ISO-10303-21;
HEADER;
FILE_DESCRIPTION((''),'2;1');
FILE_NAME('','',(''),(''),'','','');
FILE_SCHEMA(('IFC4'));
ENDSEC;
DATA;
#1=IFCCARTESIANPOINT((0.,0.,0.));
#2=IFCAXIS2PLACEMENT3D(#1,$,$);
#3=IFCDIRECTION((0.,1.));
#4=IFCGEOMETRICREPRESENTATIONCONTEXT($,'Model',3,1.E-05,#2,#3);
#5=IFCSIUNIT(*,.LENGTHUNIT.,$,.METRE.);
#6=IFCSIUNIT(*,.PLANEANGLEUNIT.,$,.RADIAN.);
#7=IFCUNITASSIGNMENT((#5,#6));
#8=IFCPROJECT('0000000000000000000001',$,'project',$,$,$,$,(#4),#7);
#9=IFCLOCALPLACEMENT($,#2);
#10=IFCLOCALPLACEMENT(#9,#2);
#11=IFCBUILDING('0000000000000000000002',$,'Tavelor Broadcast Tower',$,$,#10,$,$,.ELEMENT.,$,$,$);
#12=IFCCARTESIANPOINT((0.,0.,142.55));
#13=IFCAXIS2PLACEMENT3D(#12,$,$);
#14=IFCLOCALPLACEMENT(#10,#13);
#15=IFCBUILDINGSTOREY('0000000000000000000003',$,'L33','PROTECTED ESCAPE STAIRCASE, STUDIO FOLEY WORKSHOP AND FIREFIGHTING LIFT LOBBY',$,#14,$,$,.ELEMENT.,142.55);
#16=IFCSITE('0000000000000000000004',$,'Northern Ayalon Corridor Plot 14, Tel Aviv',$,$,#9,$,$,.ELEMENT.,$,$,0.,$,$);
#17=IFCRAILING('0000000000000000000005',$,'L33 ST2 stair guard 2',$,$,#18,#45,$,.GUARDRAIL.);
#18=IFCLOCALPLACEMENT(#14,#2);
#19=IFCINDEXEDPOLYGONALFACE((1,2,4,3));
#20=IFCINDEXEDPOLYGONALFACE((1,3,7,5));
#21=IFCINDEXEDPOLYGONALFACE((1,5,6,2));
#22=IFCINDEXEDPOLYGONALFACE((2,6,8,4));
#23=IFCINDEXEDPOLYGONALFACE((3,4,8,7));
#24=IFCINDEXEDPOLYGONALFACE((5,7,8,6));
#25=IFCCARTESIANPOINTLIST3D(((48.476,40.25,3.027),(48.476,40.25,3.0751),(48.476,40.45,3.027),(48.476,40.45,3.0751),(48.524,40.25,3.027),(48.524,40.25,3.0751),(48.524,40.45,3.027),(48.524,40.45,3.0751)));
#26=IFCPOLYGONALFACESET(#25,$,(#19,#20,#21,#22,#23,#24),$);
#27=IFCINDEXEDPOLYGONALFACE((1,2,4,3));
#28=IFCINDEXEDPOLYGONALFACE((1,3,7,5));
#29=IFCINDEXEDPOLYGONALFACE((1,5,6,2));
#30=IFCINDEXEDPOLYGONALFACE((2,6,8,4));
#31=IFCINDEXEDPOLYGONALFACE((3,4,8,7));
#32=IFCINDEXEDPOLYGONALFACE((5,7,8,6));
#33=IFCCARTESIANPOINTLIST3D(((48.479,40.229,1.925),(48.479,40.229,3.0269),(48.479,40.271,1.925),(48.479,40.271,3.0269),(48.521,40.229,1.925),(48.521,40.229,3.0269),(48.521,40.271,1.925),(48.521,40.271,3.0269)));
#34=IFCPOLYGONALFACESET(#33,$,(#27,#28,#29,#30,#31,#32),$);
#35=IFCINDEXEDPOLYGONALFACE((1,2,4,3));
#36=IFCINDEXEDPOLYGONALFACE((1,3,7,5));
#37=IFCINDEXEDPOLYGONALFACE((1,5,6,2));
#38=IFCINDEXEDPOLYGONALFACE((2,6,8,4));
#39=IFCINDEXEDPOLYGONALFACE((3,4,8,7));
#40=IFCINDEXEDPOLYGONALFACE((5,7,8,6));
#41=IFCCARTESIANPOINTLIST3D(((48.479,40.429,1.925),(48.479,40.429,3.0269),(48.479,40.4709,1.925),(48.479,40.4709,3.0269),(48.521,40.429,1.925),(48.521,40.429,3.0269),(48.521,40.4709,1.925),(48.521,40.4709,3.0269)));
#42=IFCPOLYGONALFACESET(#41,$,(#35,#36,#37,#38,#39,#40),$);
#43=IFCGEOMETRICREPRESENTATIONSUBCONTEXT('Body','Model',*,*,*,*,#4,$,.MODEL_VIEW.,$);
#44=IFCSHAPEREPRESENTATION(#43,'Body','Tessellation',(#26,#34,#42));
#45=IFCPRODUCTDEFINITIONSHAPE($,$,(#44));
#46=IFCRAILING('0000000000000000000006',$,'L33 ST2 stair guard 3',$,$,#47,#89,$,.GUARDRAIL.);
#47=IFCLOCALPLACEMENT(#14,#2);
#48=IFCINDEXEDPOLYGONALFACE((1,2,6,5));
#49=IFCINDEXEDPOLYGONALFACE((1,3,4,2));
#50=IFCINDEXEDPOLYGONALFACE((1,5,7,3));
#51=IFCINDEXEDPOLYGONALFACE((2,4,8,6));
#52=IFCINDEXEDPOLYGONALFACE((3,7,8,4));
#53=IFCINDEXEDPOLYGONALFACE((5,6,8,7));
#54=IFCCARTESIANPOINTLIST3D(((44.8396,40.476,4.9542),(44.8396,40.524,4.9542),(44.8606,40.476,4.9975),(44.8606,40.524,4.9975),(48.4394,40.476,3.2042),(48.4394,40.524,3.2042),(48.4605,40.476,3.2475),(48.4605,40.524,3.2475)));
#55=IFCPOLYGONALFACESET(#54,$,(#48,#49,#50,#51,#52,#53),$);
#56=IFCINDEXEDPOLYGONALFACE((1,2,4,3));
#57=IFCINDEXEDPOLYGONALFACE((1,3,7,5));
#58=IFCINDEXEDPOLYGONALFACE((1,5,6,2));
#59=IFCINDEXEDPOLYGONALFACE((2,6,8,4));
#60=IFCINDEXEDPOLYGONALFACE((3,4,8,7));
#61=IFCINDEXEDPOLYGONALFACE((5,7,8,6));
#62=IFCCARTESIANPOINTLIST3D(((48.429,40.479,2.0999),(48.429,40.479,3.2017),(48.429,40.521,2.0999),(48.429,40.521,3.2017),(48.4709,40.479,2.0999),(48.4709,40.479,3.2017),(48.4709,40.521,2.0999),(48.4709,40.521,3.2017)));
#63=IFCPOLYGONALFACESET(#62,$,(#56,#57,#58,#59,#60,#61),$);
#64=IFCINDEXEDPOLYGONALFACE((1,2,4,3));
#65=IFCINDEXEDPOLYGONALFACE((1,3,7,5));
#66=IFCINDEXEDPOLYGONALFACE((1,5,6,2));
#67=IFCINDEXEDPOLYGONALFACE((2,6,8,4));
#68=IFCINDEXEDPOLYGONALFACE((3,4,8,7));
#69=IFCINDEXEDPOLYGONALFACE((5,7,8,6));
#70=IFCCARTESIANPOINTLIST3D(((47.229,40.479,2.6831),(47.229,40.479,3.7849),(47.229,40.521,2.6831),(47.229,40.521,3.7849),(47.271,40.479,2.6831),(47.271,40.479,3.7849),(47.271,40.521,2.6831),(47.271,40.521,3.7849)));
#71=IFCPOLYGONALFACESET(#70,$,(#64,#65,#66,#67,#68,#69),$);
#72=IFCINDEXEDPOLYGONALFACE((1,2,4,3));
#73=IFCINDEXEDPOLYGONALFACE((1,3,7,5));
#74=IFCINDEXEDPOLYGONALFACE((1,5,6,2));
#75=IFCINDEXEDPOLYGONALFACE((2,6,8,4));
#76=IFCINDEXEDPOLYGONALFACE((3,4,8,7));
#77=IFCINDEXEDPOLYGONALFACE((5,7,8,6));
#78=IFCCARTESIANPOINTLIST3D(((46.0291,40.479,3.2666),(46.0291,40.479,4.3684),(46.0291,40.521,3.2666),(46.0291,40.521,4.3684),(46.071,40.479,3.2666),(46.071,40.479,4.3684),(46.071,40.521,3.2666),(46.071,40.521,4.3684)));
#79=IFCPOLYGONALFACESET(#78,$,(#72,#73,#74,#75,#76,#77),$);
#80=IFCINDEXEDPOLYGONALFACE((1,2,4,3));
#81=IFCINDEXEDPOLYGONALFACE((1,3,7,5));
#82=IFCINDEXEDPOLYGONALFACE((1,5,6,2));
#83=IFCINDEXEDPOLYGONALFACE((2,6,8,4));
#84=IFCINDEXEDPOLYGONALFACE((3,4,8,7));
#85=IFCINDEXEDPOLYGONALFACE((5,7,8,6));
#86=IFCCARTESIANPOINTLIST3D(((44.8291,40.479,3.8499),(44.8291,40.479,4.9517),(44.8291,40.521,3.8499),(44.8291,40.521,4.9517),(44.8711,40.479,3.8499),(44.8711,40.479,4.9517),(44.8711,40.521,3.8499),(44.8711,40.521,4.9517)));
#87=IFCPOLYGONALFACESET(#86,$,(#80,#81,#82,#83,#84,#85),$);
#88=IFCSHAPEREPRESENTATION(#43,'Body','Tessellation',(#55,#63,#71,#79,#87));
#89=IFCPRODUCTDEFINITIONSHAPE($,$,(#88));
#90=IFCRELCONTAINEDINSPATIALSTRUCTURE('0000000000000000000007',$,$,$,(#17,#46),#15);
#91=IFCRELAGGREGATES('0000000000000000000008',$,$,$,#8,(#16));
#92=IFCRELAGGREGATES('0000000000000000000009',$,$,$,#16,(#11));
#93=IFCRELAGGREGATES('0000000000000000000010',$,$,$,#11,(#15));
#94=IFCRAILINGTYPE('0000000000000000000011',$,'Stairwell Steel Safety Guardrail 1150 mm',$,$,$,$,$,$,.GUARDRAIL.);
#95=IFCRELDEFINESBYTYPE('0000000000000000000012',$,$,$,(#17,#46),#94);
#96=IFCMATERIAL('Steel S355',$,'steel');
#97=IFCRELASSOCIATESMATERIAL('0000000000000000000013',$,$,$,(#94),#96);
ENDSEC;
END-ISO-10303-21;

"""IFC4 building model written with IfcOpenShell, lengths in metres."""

from ifc_helpers import new_model, si_unit, direction, frame, origin, origin_2d, place, context, subcontext, project, spatial, rectangle, extrude, material, type_object, element, save


model = new_model("IFC4")

# Units and contexts
model_context = context("Model", 3, precision=1e-05, world=origin(), true_north=direction((0.0, 1.0)))
body_context = subcontext(model_context, "Body", "Model", "MODEL_VIEW")
ifc_project = project(units=[si_unit("LENGTHUNIT", "METRE"), si_unit("PLANEANGLEUNIT", "RADIAN")], contexts=[model_context])

# Site, building, storey
site_placement = place(None, origin())
site = spatial("IfcSite", under=ifc_project, at=site_placement, Name="Northern Ayalon Corridor Plot 14, Tel Aviv", CompositionType="ELEMENT", RefElevation=0.0)
building_placement = place(site_placement, origin())
building = spatial("IfcBuilding", under=site, at=building_placement, Name="Tavelor Broadcast Tower", CompositionType="ELEMENT")
storey_placement = place(building_placement, frame((0.0, 0.0, 142.55)))
storey = spatial("IfcBuildingStorey", under=building, at=storey_placement, Name="L33", Description="PROTECTED ESCAPE STAIRCASE, STUDIO FOLEY WORKSHOP AND FIREFIGHTING LIFT LOBBY", CompositionType="ELEMENT", Elevation=142.55)

# Shared definitions
ifc_material_1 = material(Name="Steel S355", Category="steel")

# Railings
railing_type_1 = type_object("IfcRailingType", Name="Stairwell Steel Safety Guardrail 1150 mm", PredefinedType="GUARDRAIL", material=ifc_material_1)
railing_1_placement = place(storey_placement, frame((48.5, 40.25, 1.925)))
element("IfcRailing", 1, at=railing_1_placement, inside=storey, type_object=railing_type_1, Name="L33 ST2 stair guard 2", PredefinedType="GUARDRAIL", context=body_context, shape_type="SweptSolid", body=[
    extrude(rectangle(XDim=0.0481, YDim=0.0481, at=origin_2d()), frame((0.0, 0.0, 1.126), z_axis=(0.0, 1.0, 0.0), x_axis=(-1.0, 0.0, 0.0)), (0.0, 0.0, 1.0), 0.2),
    extrude(rectangle(XDim=0.042, YDim=0.042, at=origin_2d()), origin(), (0.0, 0.0, 1.0), 1.1018),
    extrude(rectangle(XDim=0.042, YDim=0.042, at=origin_2d()), frame((0.0, 0.2, 0.0)), (0.0, 0.0, 1.0), 1.1018),
])
railing_2_placement = place(storey_placement, frame((48.45, 40.5, 2.0999)))
element("IfcRailing", 2, at=railing_2_placement, inside=storey, type_object=railing_type_1, Name="L33 ST2 stair guard 3", PredefinedType="GUARDRAIL", context=body_context, shape_type="SweptSolid", body=[
    extrude(rectangle(XDim=0.0481, YDim=0.0481, at=origin_2d()), frame((0.0, 0.0, 1.126), z_axis=(-0.899361, 0.0, 0.437207), x_axis=(0.0, -1.0, 0.0)), (0.0, 0.0, 1.0), 4.0027),
    extrude(rectangle(XDim=0.042, YDim=0.042, at=origin_2d()), origin(), (0.0, 0.0, 1.0), 1.1018),
    extrude(rectangle(XDim=0.042, YDim=0.042, at=origin_2d()), frame((-1.2, 0.0, 0.5833)), (0.0, 0.0, 1.0), 1.1018),
    extrude(rectangle(XDim=0.042, YDim=0.042, at=origin_2d()), frame((-2.3999, 0.0, 1.1667)), (0.0, 0.0, 1.0), 1.1018),
    extrude(rectangle(XDim=0.042, YDim=0.042, at=origin_2d()), frame((-3.5999, 0.0, 1.75)), (0.0, 0.0, 1.0), 1.1018),
])

save(model, "model.ifc")
